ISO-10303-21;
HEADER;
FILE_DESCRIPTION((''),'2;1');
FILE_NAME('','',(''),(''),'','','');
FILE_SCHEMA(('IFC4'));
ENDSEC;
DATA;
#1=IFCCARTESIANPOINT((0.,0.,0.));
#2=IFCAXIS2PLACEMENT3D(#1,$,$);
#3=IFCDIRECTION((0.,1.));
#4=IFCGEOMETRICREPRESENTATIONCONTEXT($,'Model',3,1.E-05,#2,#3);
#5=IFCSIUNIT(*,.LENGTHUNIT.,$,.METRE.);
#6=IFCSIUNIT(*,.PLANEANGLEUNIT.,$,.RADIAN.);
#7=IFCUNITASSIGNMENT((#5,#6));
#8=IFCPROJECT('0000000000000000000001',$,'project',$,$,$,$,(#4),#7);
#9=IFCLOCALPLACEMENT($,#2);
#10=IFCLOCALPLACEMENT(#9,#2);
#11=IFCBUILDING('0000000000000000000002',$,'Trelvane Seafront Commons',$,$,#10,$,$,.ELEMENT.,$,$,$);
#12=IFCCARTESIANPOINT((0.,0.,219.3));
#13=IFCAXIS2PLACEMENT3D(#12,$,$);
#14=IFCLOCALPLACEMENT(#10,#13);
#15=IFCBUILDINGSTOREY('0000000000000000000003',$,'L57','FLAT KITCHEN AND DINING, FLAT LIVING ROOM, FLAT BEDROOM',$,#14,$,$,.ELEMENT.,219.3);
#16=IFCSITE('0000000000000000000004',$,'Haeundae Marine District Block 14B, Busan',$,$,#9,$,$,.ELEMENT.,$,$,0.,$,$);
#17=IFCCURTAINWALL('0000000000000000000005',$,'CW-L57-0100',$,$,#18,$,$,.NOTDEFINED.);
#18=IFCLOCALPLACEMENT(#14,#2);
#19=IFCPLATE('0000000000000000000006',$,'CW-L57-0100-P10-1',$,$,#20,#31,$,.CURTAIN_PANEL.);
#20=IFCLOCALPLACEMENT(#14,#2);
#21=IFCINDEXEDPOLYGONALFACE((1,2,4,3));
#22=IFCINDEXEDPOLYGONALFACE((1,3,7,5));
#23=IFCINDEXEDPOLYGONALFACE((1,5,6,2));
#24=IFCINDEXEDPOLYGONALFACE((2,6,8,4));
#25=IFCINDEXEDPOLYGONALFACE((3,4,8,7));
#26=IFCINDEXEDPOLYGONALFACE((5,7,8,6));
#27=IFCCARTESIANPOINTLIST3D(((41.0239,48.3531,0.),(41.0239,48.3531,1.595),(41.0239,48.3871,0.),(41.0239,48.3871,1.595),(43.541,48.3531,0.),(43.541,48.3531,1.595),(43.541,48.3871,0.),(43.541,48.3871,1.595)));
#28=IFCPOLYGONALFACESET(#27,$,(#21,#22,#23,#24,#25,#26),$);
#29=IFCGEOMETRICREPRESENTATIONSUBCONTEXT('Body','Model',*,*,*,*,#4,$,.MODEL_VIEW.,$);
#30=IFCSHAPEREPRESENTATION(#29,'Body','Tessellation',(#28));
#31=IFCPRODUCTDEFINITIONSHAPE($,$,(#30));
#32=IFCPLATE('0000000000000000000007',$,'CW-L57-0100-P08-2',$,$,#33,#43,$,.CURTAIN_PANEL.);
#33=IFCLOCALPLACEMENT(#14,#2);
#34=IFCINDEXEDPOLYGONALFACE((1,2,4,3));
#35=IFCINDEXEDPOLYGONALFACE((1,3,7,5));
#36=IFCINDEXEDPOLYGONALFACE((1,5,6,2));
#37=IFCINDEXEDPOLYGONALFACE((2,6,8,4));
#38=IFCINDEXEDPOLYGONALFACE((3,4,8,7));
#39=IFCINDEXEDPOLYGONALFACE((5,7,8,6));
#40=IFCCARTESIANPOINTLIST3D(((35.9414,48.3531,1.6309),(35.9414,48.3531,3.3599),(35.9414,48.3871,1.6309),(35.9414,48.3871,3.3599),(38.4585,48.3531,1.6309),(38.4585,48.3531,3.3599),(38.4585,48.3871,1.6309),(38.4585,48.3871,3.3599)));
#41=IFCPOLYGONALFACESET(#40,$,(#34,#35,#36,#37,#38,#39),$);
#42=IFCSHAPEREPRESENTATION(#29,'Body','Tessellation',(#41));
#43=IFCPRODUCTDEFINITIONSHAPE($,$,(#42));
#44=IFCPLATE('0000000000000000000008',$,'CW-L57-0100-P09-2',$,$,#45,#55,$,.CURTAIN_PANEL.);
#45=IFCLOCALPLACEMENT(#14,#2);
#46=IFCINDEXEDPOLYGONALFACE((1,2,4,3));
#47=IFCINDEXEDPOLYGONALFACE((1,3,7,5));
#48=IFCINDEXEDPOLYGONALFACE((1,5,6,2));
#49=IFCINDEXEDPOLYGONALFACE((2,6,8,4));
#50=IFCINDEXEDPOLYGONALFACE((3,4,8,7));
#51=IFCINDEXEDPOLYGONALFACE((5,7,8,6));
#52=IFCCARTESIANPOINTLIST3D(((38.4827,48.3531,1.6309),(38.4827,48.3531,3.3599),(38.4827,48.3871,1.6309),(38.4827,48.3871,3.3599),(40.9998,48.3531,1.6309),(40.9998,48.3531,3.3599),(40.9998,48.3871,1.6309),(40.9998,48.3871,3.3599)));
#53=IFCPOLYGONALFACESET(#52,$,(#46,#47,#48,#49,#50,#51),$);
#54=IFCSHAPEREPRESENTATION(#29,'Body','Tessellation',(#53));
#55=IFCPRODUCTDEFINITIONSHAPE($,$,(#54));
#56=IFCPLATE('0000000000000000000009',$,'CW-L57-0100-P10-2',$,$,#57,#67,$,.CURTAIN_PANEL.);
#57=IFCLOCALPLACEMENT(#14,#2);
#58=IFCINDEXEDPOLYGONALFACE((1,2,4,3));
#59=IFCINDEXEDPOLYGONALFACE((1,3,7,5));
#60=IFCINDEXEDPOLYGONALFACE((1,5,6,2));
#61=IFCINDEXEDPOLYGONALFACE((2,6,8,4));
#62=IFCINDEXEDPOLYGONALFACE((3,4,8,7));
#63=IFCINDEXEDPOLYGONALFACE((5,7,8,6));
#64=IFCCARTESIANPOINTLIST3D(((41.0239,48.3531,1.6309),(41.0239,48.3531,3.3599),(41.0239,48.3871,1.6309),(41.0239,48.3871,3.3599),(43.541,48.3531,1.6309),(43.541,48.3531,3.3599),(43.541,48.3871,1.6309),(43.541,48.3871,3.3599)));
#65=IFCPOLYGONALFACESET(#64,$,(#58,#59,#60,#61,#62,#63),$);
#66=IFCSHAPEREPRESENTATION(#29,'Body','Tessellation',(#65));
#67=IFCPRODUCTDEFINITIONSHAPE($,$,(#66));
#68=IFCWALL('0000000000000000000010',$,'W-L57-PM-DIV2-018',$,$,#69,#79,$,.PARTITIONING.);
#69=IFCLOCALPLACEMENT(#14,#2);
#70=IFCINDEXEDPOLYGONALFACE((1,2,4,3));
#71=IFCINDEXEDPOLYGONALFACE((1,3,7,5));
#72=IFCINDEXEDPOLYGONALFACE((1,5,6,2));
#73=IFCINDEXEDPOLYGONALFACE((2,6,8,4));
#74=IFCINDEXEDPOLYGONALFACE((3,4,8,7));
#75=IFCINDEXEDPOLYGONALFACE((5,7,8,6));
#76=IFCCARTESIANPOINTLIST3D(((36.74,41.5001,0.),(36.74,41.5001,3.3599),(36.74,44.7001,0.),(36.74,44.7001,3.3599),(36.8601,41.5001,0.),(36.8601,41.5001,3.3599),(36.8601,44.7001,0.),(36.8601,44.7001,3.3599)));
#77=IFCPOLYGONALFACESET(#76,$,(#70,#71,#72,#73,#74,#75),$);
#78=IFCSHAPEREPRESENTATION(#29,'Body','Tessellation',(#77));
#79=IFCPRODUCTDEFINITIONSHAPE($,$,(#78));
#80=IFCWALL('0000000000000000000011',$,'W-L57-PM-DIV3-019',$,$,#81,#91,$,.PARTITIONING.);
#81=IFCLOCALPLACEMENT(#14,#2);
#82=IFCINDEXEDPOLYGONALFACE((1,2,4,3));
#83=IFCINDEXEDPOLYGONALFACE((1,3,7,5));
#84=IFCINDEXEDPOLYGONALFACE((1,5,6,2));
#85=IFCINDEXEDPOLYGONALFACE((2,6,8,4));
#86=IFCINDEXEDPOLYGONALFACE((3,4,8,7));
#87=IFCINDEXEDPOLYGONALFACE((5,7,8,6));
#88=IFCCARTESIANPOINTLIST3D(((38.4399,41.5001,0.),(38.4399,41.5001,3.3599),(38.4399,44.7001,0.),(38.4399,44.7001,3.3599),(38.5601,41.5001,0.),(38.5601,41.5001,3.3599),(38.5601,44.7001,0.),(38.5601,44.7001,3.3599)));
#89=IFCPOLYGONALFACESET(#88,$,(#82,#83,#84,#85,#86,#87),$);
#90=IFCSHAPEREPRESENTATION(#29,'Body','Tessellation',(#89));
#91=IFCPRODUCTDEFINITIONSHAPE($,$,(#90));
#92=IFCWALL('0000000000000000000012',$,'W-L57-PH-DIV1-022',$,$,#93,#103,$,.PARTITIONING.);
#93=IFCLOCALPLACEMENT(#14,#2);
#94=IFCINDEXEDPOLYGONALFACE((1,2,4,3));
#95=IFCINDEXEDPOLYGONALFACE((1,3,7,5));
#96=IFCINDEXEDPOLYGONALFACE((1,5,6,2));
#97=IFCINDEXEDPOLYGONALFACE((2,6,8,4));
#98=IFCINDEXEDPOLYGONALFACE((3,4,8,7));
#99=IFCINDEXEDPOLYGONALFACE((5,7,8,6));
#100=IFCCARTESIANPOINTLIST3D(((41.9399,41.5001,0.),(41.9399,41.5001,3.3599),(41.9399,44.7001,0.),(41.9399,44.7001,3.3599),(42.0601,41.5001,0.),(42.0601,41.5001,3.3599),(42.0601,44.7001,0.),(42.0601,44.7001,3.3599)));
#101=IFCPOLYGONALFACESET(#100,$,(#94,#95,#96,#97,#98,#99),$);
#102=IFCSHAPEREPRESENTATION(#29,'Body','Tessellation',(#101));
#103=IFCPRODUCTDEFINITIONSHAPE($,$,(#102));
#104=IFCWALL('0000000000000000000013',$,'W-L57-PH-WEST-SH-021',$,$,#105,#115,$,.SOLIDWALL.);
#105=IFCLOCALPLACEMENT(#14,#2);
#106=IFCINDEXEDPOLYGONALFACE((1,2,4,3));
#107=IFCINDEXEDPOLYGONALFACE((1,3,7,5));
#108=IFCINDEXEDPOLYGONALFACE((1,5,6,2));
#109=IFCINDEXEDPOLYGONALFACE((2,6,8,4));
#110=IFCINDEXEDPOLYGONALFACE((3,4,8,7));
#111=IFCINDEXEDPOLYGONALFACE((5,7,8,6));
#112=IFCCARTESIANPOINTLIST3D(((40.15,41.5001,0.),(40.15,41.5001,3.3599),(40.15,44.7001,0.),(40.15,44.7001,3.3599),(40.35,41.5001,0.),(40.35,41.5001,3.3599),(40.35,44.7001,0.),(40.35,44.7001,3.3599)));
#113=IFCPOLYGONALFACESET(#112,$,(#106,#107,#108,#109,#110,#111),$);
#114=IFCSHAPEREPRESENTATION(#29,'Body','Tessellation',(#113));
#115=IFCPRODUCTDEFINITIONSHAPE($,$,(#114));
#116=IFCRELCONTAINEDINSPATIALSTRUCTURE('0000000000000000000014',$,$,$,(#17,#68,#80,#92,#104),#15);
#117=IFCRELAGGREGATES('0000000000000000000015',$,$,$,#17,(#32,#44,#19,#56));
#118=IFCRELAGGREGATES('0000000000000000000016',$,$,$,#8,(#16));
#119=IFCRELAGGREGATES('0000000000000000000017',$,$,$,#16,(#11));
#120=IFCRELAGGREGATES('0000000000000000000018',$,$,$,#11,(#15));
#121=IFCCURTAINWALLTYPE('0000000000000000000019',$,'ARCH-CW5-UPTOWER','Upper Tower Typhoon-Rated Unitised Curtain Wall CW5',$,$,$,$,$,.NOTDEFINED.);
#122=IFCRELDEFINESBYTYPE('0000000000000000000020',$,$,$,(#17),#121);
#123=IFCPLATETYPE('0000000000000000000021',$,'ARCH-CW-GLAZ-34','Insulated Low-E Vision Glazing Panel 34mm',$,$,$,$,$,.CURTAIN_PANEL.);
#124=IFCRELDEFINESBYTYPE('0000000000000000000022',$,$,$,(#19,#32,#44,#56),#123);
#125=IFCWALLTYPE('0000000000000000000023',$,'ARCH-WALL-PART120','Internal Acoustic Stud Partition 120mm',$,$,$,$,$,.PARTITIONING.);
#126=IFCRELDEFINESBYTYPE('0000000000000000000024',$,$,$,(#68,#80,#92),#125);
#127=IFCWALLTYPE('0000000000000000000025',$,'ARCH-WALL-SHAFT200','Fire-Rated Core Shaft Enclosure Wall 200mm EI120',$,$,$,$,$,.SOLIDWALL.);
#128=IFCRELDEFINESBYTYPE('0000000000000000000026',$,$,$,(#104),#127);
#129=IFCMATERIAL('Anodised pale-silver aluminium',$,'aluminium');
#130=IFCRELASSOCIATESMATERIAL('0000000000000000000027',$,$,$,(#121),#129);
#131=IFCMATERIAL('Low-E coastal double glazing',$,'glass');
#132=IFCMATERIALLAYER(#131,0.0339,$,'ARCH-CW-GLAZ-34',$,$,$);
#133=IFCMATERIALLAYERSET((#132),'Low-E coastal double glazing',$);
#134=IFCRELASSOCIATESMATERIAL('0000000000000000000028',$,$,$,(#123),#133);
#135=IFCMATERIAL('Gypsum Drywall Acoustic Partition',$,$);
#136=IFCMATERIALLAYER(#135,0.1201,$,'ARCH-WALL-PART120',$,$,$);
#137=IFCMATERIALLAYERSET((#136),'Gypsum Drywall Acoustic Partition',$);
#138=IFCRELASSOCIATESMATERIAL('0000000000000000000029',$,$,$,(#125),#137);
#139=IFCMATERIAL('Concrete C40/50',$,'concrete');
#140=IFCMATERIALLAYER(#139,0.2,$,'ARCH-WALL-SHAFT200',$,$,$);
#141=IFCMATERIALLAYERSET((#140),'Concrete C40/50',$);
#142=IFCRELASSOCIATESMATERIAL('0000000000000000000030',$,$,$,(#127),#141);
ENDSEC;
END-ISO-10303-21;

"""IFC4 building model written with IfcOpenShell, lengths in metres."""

from ifc_helpers import new_model, si_unit, direction, frame, frame_2d, origin, origin_2d, place, context, subcontext, project, spatial, rectangle, extrude, source, transform, mapped, material, layer, layer_set, type_object, element, aggregate, save


model = new_model("IFC4")

# Units and contexts
model_context = context("Model", 3, precision=1e-05, world=origin(), true_north=direction((0.0, 1.0)))
body_context = subcontext(model_context, "Body", "Model", "MODEL_VIEW")
ifc_project = project(units=[si_unit("LENGTHUNIT", "METRE"), si_unit("PLANEANGLEUNIT", "RADIAN")], contexts=[model_context])

# Site, building, storey
site_placement = place(None, origin())
site = spatial("IfcSite", under=ifc_project, at=site_placement, Name="Haeundae Marine District Block 14B, Busan", CompositionType="ELEMENT", RefElevation=0.0)
building_placement = place(site_placement, origin())
building = spatial("IfcBuilding", under=site, at=building_placement, Name="Trelvane Seafront Commons", CompositionType="ELEMENT")
storey_placement = place(building_placement, frame((0.0, 0.0, 219.3)))
storey = spatial("IfcBuildingStorey", under=building, at=storey_placement, Name="L57", Description="FLAT KITCHEN AND DINING, FLAT LIVING ROOM, FLAT BEDROOM", CompositionType="ELEMENT", Elevation=219.3)

# Curtain wall
ifc_material_1 = material(Name="Anodised pale-silver aluminium", Category="aluminium")
curtain_wall_type = type_object("IfcCurtainWallType", Name="ARCH-CW5-UPTOWER", Description="Upper Tower Typhoon-Rated Unitised Curtain Wall CW5", PredefinedType="NOTDEFINED", material=ifc_material_1)
curtain_wall_placement = place(storey_placement, origin())
curtain_wall = element("IfcCurtainWall", 1, at=curtain_wall_placement, inside=storey, type_object=curtain_wall_type, Name="CW-L57-0100", PredefinedType="NOTDEFINED")

# Plates
ifc_material_2 = material(Name="Low-E coastal double glazing", Category="glass")
ifc_layer_1 = layer(ifc_material_2, 0.0339, Name="ARCH-CW-GLAZ-34")
ifc_layer_set_1 = layer_set([ifc_layer_1], Name="Low-E coastal double glazing")
plate_type_1 = type_object("IfcPlateType", Name="ARCH-CW-GLAZ-34", Description="Insulated Low-E Vision Glazing Panel 34mm", PredefinedType="CURTAIN_PANEL", material=ifc_layer_set_1)
shared_shape_1 = source(origin(), body_context, "Body", "SweptSolid", [
    extrude(rectangle(XDim=2.5171, YDim=0.0339, at=origin_2d()), origin(), (0.0, 0.0, 1.0), 1.595),
])
plate_1_placement = place(storey_placement, frame((42.2825, 48.3701, 0.0), z_axis=(0.0, 0.0, 1.0), x_axis=(1.0, 0.0, 0.0)))
plate_1 = element("IfcPlate", 2, at=plate_1_placement, type_object=plate_type_1, Name="CW-L57-0100-P10-1", PredefinedType="CURTAIN_PANEL", context=body_context, shape_type="MappedRepresentation", body=[
    mapped(shared_shape_1, transform((0.0, 0.0, 0.0), x_axis=(1.0, 0.0, 0.0), y_axis=(0.0, 1.0, 0.0), z_axis=(0.0, 0.0, 1.0), scale=1.0)),
])
shared_shape_2 = source(origin(), body_context, "Body", "SweptSolid", [
    extrude(rectangle(XDim=2.5171, YDim=0.0339, at=origin_2d()), origin(), (0.0, 0.0, 1.0), 1.729),
])
plate_2_placement = place(storey_placement, frame((37.2, 48.3701, 1.6309), z_axis=(0.0, 0.0, 1.0), x_axis=(1.0, 0.0, 0.0)))
plate_2 = element("IfcPlate", 3, at=plate_2_placement, type_object=plate_type_1, Name="CW-L57-0100-P08-2", PredefinedType="CURTAIN_PANEL", context=body_context, shape_type="MappedRepresentation", body=[
    mapped(shared_shape_2, transform((0.0, 0.0, 0.0), x_axis=(1.0, 0.0, 0.0), y_axis=(0.0, 1.0, 0.0), z_axis=(0.0, 0.0, 1.0), scale=1.0)),
])
plate_3_placement = place(storey_placement, frame((39.7412, 48.3701, 1.6309), z_axis=(0.0, 0.0, 1.0), x_axis=(1.0, 0.0, 0.0)))
plate_3 = element("IfcPlate", 4, at=plate_3_placement, type_object=plate_type_1, Name="CW-L57-0100-P09-2", PredefinedType="CURTAIN_PANEL", context=body_context, shape_type="MappedRepresentation", body=[
    mapped(shared_shape_2, transform((0.0, 0.0, 0.0), x_axis=(1.0, 0.0, 0.0), y_axis=(0.0, 1.0, 0.0), z_axis=(0.0, 0.0, 1.0), scale=1.0)),
])
plate_4_placement = place(storey_placement, frame((42.2825, 48.3701, 1.6309), z_axis=(0.0, 0.0, 1.0), x_axis=(1.0, 0.0, 0.0)))
plate_4 = element("IfcPlate", 5, at=plate_4_placement, type_object=plate_type_1, Name="CW-L57-0100-P10-2", PredefinedType="CURTAIN_PANEL", context=body_context, shape_type="MappedRepresentation", body=[
    mapped(shared_shape_2, transform((0.0, 0.0, 0.0), x_axis=(1.0, 0.0, 0.0), y_axis=(0.0, 1.0, 0.0), z_axis=(0.0, 0.0, 1.0), scale=1.0)),
])
aggregate(curtain_wall, [plate_2, plate_3, plate_1, plate_4])

# Walls
ifc_material_3 = material(Name="Gypsum Drywall Acoustic Partition")
ifc_layer_2 = layer(ifc_material_3, 0.1201, Name="ARCH-WALL-PART120")
ifc_layer_set_2 = layer_set([ifc_layer_2], Name="Gypsum Drywall Acoustic Partition")
wall_type_1 = type_object("IfcWallType", Name="ARCH-WALL-PART120", Description="Internal Acoustic Stud Partition 120mm", PredefinedType="PARTITIONING", material=ifc_layer_set_2)
for number, where, z_axis, x_axis, name in (
    (6, (36.8, 41.5, 0.0), (0.0, 0.0, 1.0), (0.0, 1.0, 0.0), "W-L57-PM-DIV2-018"),
    (7, (38.5, 41.5, 0.0), (0.0, 0.0, 1.0), (0.0, 1.0, 0.0), "W-L57-PM-DIV3-019"),
    (8, (42.0, 41.5, 0.0), (0.0, 0.0, 1.0), (0.0, 1.0, 0.0), "W-L57-PH-DIV1-022"),
):
    element("IfcWall", number, at=place(storey_placement, frame(where, z_axis=z_axis, x_axis=x_axis)), inside=storey, type_object=wall_type_1, Name=name, PredefinedType="PARTITIONING", context=body_context, shape_type="SweptSolid", body=[
        extrude(rectangle(XDim=3.2, YDim=0.1201, at=frame_2d((1.6001, 0.0))), origin(), (0.0, 0.0, 1.0), 3.3599),
    ])

# Shared definitions
ifc_material_4 = material(Name="Concrete C40/50", Category="concrete")
ifc_layer_3 = layer(ifc_material_4, 0.2, Name="ARCH-WALL-SHAFT200")
ifc_layer_set_3 = layer_set([ifc_layer_3], Name="Concrete C40/50")
wall_type_2 = type_object("IfcWallType", Name="ARCH-WALL-SHAFT200", Description="Fire-Rated Core Shaft Enclosure Wall 200mm EI120", PredefinedType="SOLIDWALL", material=ifc_layer_set_3)

# Wall
wall_1_placement = place(storey_placement, frame((40.25, 41.5, 0.0), z_axis=(0.0, 0.0, 1.0), x_axis=(0.0, 1.0, 0.0)))
element("IfcWall", 9, at=wall_1_placement, inside=storey, type_object=wall_type_2, Name="W-L57-PH-WEST-SH-021", PredefinedType="SOLIDWALL", context=body_context, shape_type="SweptSolid", body=[
    extrude(rectangle(XDim=3.2, YDim=0.2, at=frame_2d((1.6001, 0.0))), origin(), (0.0, 0.0, 1.0), 3.3599),
])

save(model, "model.ifc")
